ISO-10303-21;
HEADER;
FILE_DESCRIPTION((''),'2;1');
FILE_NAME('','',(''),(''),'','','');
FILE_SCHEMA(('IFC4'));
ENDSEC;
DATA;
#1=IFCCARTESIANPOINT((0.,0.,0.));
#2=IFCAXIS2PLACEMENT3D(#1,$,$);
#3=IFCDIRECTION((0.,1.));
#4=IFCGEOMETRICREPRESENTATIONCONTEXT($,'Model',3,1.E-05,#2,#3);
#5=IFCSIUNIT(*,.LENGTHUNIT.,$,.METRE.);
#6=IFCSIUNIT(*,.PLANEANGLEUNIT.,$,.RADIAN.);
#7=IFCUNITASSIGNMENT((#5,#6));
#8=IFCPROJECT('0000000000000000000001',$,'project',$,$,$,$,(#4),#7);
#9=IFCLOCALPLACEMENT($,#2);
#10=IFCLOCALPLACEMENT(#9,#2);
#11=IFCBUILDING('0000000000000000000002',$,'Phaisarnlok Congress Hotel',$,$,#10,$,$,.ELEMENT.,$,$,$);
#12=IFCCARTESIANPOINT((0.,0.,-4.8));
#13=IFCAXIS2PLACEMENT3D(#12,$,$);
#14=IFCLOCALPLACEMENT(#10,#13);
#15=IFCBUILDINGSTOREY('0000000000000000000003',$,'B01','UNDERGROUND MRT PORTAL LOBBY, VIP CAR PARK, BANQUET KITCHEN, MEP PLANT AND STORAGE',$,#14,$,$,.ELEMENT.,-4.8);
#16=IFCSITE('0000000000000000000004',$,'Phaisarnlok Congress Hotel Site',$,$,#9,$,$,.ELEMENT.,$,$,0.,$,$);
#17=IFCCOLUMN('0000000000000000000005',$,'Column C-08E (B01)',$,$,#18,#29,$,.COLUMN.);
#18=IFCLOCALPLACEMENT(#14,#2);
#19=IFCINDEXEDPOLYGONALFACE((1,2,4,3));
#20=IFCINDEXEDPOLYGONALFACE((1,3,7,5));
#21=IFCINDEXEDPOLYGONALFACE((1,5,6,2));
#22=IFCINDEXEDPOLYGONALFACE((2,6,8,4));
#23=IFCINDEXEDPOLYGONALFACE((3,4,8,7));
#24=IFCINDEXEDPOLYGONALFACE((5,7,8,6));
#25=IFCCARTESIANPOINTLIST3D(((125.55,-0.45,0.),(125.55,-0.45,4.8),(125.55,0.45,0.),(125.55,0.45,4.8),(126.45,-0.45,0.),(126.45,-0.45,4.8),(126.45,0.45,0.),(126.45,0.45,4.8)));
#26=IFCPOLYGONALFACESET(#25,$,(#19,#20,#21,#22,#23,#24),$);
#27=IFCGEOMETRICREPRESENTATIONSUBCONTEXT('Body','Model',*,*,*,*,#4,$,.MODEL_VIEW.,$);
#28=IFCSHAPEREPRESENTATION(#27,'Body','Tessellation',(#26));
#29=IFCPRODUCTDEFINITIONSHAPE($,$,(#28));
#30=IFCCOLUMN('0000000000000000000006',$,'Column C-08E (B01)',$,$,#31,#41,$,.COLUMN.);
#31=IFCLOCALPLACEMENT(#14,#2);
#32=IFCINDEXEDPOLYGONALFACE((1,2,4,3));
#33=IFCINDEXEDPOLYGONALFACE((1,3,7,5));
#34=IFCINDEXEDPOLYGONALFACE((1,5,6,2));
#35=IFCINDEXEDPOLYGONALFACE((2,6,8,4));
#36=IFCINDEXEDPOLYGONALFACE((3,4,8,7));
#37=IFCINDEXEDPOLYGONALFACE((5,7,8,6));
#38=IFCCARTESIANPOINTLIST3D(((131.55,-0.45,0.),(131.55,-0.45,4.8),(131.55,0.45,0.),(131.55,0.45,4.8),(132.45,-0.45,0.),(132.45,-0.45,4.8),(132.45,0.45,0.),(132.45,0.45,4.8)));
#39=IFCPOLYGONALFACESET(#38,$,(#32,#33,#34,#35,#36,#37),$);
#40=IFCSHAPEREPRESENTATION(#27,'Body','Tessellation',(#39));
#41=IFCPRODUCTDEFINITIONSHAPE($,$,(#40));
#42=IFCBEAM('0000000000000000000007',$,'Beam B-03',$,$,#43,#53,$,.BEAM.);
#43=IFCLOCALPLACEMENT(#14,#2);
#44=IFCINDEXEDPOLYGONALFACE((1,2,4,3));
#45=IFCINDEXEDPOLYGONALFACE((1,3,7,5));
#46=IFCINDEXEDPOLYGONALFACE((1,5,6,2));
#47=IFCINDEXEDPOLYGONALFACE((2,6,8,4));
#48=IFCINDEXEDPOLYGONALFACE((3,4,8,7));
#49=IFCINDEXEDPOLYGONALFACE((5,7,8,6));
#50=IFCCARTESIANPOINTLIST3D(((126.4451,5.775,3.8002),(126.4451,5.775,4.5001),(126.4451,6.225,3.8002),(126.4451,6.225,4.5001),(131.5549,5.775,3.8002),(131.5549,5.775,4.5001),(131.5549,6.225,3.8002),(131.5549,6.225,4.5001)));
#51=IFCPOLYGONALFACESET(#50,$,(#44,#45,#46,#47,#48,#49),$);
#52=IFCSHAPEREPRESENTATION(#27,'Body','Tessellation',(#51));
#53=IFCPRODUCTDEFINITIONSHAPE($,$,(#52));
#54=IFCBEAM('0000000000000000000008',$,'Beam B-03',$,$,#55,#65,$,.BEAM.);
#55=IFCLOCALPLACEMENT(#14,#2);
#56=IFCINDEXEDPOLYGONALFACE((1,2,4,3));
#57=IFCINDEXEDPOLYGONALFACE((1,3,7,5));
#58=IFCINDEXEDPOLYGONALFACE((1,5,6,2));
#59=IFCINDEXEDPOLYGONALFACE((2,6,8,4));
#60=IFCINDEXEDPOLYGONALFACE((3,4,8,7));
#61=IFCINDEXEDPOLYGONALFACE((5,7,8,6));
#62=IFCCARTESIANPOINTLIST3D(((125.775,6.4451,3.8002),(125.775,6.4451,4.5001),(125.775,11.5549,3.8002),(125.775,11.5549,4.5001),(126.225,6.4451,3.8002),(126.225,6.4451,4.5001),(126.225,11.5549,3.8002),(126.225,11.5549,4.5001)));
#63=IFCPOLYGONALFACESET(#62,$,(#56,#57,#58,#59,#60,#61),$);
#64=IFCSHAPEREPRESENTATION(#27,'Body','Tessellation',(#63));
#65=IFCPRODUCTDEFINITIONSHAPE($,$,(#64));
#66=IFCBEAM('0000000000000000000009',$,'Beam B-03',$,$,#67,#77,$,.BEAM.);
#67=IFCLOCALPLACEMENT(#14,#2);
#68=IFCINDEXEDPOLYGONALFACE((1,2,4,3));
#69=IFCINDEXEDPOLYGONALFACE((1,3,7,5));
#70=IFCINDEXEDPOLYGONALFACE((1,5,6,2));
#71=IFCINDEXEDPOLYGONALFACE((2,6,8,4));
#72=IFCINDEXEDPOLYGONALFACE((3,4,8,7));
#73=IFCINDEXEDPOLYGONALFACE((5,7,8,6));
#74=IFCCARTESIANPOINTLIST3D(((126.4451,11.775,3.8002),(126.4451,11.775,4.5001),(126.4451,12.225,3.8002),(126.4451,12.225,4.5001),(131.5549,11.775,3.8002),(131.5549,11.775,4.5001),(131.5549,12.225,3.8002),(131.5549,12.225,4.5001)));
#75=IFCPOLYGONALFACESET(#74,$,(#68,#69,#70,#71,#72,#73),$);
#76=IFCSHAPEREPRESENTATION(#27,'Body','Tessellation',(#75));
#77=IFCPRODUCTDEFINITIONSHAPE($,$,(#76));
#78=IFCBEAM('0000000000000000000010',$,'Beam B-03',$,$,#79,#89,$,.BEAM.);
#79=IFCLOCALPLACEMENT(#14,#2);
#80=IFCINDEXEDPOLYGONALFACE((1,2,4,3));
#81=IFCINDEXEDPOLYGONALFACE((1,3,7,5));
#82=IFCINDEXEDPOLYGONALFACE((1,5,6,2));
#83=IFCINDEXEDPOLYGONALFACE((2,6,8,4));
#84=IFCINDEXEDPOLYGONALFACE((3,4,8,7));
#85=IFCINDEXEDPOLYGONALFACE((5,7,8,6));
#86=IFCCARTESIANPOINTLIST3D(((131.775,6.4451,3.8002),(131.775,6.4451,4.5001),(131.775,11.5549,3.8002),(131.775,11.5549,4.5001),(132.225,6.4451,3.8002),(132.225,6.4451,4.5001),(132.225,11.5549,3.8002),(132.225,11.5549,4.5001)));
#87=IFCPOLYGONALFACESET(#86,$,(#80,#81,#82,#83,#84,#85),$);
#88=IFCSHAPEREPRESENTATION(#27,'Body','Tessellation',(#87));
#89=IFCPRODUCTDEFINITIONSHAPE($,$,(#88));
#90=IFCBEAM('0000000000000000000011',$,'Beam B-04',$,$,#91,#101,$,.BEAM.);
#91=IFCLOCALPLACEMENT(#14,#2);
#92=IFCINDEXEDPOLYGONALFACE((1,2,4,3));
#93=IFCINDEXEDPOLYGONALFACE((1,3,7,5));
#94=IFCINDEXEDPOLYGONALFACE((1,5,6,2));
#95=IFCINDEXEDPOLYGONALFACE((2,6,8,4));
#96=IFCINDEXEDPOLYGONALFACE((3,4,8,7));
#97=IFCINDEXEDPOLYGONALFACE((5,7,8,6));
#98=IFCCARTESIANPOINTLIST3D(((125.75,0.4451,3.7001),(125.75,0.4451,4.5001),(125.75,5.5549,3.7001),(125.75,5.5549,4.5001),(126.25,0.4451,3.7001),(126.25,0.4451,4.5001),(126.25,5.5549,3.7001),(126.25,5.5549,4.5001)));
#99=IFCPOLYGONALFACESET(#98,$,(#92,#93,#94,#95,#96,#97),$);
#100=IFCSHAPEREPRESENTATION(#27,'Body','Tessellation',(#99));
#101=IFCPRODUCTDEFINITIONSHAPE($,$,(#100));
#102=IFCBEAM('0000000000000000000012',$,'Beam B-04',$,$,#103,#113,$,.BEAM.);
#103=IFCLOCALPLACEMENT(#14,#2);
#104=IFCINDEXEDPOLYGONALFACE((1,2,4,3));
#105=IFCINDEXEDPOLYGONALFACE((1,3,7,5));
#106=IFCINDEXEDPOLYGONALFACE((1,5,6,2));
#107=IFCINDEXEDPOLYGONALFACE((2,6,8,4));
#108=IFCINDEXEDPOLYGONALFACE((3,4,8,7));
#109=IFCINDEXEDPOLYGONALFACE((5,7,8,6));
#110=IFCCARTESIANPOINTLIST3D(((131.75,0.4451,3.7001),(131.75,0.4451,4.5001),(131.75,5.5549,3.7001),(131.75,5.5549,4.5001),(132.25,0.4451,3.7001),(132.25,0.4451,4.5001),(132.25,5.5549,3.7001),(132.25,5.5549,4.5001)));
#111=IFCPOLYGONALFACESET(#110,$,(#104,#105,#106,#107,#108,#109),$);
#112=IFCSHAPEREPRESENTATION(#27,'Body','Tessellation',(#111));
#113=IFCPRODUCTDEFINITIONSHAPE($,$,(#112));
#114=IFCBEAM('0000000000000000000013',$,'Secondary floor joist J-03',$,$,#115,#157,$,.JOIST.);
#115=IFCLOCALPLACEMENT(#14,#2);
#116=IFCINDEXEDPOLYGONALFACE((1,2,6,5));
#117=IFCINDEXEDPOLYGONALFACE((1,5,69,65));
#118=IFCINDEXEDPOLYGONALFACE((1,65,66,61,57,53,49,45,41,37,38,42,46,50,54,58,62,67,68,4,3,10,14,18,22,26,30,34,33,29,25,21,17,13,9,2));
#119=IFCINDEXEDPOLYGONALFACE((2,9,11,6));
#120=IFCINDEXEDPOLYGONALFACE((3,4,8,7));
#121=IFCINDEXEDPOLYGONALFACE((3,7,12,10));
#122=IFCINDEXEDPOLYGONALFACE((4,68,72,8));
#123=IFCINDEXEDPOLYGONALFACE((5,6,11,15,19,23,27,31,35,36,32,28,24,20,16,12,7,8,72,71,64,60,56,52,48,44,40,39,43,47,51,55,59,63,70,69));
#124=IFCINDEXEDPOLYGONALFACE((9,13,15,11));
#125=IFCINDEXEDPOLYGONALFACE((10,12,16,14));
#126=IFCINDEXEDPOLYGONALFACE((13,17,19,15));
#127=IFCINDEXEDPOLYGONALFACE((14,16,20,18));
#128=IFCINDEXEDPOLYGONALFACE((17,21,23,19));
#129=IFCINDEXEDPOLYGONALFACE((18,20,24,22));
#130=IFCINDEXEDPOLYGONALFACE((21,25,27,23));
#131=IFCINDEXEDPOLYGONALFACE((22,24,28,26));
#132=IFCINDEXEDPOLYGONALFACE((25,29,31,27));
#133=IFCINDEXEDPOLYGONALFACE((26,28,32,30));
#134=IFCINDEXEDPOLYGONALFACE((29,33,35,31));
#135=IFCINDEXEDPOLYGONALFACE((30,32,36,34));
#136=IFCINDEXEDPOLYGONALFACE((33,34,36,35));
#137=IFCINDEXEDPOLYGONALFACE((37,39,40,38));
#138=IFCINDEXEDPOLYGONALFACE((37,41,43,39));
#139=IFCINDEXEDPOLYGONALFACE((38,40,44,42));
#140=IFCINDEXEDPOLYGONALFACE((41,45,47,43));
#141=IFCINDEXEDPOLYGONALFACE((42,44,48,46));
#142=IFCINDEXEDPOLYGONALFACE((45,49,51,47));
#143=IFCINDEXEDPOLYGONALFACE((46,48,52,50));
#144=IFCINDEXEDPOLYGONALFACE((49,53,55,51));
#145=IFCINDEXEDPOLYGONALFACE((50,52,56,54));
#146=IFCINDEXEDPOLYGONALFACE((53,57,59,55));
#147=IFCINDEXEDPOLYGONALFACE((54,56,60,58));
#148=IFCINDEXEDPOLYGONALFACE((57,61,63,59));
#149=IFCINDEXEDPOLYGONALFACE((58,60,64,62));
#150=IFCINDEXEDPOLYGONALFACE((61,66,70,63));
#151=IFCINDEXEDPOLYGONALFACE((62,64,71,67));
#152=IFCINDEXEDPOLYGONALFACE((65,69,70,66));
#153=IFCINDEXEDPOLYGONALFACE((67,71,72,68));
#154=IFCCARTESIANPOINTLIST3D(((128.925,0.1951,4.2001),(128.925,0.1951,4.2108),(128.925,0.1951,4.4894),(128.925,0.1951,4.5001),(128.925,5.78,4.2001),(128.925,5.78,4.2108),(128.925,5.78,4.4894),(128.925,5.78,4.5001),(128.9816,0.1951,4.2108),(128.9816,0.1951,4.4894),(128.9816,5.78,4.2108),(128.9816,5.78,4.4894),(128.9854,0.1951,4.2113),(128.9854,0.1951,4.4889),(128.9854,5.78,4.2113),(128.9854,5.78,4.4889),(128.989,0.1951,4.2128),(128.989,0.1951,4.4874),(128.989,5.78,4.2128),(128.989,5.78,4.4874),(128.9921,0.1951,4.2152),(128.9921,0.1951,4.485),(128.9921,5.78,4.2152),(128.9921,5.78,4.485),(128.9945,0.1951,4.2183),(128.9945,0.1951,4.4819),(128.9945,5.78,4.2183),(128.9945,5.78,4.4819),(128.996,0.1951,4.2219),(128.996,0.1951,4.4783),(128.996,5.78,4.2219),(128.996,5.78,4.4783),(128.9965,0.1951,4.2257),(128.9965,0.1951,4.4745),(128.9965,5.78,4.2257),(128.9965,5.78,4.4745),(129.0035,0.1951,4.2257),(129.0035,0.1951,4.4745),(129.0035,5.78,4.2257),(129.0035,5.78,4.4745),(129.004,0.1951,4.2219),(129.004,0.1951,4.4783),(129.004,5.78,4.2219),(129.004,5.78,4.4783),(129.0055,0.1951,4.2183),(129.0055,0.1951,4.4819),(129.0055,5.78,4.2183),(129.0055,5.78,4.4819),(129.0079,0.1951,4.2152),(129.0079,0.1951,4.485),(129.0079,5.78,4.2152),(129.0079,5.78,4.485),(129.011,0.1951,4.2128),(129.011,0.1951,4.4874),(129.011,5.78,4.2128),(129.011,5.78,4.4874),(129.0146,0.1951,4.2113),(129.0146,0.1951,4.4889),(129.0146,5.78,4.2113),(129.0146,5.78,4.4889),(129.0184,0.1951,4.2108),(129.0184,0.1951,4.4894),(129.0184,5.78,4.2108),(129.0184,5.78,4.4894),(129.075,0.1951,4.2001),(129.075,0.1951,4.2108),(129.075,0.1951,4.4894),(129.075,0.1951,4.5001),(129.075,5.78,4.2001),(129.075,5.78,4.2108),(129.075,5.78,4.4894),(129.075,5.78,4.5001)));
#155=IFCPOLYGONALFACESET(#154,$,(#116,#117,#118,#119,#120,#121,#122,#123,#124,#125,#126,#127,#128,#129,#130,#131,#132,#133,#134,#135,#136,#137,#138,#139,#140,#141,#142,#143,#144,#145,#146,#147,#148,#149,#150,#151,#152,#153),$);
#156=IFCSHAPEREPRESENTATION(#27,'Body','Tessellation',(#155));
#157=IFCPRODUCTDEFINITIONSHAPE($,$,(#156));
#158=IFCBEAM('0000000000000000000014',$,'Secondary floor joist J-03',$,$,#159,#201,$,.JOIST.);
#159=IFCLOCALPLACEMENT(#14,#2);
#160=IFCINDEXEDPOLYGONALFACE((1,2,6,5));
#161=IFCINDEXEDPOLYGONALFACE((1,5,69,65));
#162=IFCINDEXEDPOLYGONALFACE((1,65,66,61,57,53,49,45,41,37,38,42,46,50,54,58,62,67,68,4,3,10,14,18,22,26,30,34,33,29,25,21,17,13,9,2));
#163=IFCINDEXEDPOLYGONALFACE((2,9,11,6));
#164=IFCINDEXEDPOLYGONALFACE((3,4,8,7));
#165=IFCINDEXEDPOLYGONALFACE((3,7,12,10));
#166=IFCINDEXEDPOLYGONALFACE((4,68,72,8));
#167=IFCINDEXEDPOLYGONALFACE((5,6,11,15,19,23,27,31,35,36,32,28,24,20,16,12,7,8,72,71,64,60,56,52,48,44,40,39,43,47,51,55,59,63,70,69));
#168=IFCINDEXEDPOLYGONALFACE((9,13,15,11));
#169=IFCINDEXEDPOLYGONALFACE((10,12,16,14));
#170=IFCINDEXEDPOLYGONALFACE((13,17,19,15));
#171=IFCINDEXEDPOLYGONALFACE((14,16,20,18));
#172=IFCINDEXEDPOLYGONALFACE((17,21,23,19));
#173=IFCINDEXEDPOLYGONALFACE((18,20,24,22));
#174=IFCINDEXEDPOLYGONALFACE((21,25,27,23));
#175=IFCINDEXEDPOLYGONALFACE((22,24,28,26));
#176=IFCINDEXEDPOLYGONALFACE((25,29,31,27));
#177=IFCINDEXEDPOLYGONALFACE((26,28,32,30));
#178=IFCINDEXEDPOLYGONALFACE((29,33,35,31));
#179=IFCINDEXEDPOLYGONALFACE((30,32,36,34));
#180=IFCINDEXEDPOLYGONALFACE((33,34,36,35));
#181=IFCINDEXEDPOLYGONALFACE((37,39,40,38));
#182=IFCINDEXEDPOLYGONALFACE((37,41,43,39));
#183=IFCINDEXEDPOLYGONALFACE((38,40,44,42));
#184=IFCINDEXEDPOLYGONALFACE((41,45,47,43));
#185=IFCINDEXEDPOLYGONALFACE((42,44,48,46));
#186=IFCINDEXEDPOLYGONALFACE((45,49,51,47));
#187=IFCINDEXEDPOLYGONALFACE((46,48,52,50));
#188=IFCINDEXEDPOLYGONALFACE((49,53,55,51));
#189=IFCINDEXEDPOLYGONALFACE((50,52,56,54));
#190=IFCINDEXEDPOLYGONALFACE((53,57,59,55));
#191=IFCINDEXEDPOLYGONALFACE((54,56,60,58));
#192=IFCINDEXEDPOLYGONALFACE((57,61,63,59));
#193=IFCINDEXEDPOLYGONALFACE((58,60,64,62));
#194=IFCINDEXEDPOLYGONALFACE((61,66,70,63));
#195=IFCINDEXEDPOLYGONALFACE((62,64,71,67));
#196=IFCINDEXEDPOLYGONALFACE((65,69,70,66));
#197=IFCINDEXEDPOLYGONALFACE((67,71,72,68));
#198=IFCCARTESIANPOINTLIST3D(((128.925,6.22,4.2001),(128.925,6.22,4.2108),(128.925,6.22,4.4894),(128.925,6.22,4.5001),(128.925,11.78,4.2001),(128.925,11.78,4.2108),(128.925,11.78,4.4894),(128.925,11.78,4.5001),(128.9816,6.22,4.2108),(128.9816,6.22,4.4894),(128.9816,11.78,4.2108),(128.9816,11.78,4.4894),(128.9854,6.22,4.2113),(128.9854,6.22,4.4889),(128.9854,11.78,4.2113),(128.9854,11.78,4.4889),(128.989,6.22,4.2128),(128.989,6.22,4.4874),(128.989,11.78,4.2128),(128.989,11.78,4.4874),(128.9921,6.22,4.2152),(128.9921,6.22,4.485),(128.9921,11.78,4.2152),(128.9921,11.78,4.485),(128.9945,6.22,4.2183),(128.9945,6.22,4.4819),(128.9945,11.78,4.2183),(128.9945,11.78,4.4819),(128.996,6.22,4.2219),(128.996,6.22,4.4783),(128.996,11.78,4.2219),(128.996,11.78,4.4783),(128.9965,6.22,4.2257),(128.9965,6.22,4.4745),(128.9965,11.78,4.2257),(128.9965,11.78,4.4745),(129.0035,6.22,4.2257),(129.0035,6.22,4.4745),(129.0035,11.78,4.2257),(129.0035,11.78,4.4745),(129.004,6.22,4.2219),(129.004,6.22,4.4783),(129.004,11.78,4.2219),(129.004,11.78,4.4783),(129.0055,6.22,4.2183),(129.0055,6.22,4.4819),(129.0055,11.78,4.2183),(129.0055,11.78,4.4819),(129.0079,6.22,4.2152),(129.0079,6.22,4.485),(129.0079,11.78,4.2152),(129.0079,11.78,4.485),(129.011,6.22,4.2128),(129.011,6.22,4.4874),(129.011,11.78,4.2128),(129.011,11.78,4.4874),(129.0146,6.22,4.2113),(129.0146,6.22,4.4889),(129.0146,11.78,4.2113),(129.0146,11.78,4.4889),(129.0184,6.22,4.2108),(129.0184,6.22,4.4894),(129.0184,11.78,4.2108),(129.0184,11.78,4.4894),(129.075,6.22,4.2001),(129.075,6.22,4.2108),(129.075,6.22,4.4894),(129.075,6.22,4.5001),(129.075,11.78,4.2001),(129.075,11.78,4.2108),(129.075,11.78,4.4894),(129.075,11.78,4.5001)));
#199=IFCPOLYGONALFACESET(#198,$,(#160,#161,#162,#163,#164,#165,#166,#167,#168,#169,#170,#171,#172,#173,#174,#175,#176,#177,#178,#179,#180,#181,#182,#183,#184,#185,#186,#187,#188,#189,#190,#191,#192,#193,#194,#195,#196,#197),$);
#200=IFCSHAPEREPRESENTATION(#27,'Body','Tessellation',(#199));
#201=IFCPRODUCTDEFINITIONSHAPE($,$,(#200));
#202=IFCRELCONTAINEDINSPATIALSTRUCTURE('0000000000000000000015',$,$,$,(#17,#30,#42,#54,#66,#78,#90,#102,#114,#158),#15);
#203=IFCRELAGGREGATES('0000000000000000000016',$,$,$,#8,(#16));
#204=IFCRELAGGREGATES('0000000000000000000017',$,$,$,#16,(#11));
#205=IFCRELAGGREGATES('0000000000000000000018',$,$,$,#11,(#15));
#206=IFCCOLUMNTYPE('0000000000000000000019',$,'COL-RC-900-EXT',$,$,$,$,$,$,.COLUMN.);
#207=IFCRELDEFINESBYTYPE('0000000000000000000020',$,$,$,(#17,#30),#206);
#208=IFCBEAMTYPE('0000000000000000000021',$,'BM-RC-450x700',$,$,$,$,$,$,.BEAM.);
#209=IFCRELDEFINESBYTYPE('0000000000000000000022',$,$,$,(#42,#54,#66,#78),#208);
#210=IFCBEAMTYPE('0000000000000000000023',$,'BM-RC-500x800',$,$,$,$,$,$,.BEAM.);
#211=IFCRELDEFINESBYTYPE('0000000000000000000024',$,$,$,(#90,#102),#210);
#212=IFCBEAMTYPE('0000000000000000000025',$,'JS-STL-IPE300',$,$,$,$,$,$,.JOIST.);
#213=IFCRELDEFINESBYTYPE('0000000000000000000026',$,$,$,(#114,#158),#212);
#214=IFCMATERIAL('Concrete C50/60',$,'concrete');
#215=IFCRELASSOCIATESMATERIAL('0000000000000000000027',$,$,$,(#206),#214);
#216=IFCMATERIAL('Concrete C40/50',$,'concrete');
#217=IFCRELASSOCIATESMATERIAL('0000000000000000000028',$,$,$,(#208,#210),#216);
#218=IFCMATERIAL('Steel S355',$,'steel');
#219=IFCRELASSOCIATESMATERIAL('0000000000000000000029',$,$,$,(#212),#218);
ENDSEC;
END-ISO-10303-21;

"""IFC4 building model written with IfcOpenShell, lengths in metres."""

from ifc_helpers import new_model, si_unit, direction, frame, origin, origin_2d, place, context, subcontext, project, spatial, rectangle, i_section, extrude, material, material_profile, profile_set, type_object, element, save


model = new_model("IFC4")

# Units and contexts
model_context = context("Model", 3, precision=1e-05, world=origin(), true_north=direction((0.0, 1.0)))
body_context = subcontext(model_context, "Body", "Model", "MODEL_VIEW")
ifc_project = project(units=[si_unit("LENGTHUNIT", "METRE"), si_unit("PLANEANGLEUNIT", "RADIAN")], contexts=[model_context])

# Site, building, storey
site_placement = place(None, origin())
site = spatial("IfcSite", under=ifc_project, at=site_placement, Name="Phaisarnlok Congress Hotel Site", CompositionType="ELEMENT", RefElevation=0.0)
building_placement = place(site_placement, origin())
building = spatial("IfcBuilding", under=site, at=building_placement, Name="Phaisarnlok Congress Hotel", CompositionType="ELEMENT")
storey_placement = place(building_placement, frame((0.0, 0.0, -4.8)))
storey = spatial("IfcBuildingStorey", under=building, at=storey_placement, Name="B01", Description="UNDERGROUND MRT PORTAL LOBBY, VIP CAR PARK, BANQUET KITCHEN, MEP PLANT AND STORAGE", CompositionType="ELEMENT", Elevation=-4.8)

# Shared definitions
ifc_material_1 = material(Name="Concrete C40/50", Category="concrete")

# Columns
ifc_material_2 = material(Name="Concrete C50/60", Category="concrete")
ifc_material_profile_1 = material_profile(ifc_material_2, rectangle(XDim=0.8999, YDim=0.8999, at=origin_2d()), Name="RC 900x900")
ifc_profile_set_1 = profile_set([ifc_material_profile_1], Name="Concrete C50/60")
column_type_1 = type_object("IfcColumnType", Name="COL-RC-900-EXT", PredefinedType="COLUMN", material=ifc_profile_set_1)
for number, where, z_axis, x_axis, name in (
    (1, (126.0, 0.0, 0.0), (0.0, 0.0, 1.0), (1.0, 0.0, 0.0), "Column C-08E (B01)"),
    (2, (132.0, 0.0, 0.0), (0.0, 0.0, 1.0), (1.0, 0.0, 0.0), "Column C-08E (B01)"),
):
    element("IfcColumn", number, at=place(storey_placement, frame(where, z_axis=z_axis, x_axis=x_axis)), inside=storey, type_object=column_type_1, Name=name, PredefinedType="COLUMN", context=body_context, shape_type="SweptSolid", body=[
        extrude(rectangle(XDim=0.8999, YDim=0.8999, at=origin_2d()), origin(), (0.0, 0.0, 1.0), 4.8),
    ])

# Beams
ifc_material_profile_2 = material_profile(ifc_material_1, rectangle(XDim=0.45, YDim=0.7, at=origin_2d()), Name="RC 450x700")
ifc_profile_set_2 = profile_set([ifc_material_profile_2], Name="Concrete C40/50")
beam_type_1 = type_object("IfcBeamType", Name="BM-RC-450x700", PredefinedType="BEAM", material=ifc_profile_set_2)
for number, where, z_axis, x_axis, name in (
    (3, (126.4451, 6.0, 4.1501), (1.0, 0.0, 0.0), (0.0, 1.0, 0.0), "Beam B-03"),
    (4, (126.0, 6.4451, 4.1501), (0.0, 1.0, 0.0), (-1.0, 0.0, 0.0), "Beam B-03"),
    (5, (126.4451, 12.0, 4.1501), (1.0, 0.0, 0.0), (0.0, 1.0, 0.0), "Beam B-03"),
    (6, (132.0, 6.4451, 4.1501), (0.0, 1.0, 0.0), (-1.0, 0.0, 0.0), "Beam B-03"),
):
    element("IfcBeam", number, at=place(storey_placement, frame(where, z_axis=z_axis, x_axis=x_axis)), inside=storey, type_object=beam_type_1, Name=name, PredefinedType="BEAM", context=body_context, shape_type="SweptSolid", body=[
        extrude(rectangle(XDim=0.45, YDim=0.7, at=origin_2d()), origin(), (0.0, 0.0, 1.0), 5.1099),
    ])
ifc_material_profile_3 = material_profile(ifc_material_1, rectangle(XDim=0.5, YDim=0.8, at=origin_2d()), Name="RC 500x800")
ifc_profile_set_3 = profile_set([ifc_material_profile_3], Name="Concrete C40/50")
beam_type_2 = type_object("IfcBeamType", Name="BM-RC-500x800", PredefinedType="BEAM", material=ifc_profile_set_3)
for number, where, z_axis, x_axis, name in (
    (7, (126.0, 0.4451, 4.1001), (0.0, 1.0, 0.0), (-1.0, 0.0, 0.0), "Beam B-04"),
    (8, (132.0, 0.4451, 4.1001), (0.0, 1.0, 0.0), (-1.0, 0.0, 0.0), "Beam B-04"),
):
    element("IfcBeam", number, at=place(storey_placement, frame(where, z_axis=z_axis, x_axis=x_axis)), inside=storey, type_object=beam_type_2, Name=name, PredefinedType="BEAM", context=body_context, shape_type="SweptSolid", body=[
        extrude(rectangle(XDim=0.5, YDim=0.8, at=origin_2d()), origin(), (0.0, 0.0, 1.0), 5.1099),
    ])
ifc_material_3 = material(Name="Steel S355", Category="steel")
ifc_material_profile_4 = material_profile(ifc_material_3, i_section(OverallWidth=0.1499, OverallDepth=0.3, WebThickness=0.0071, FlangeThickness=0.0107, FilletRadius=0.0149, at=origin_2d()), Name="IPE 300")
ifc_profile_set_4 = profile_set([ifc_material_profile_4], Name="Steel S355")
beam_type_3 = type_object("IfcBeamType", Name="JS-STL-IPE300", PredefinedType="JOIST", material=ifc_profile_set_4)
beam_1_placement = place(storey_placement, frame((129.0, 0.1951, 4.3501), z_axis=(0.0, 1.0, 0.0), x_axis=(-1.0, 0.0, 0.0)))
element("IfcBeam", 9, at=beam_1_placement, inside=storey, type_object=beam_type_3, Name="Secondary floor joist J-03", PredefinedType="JOIST", context=body_context, shape_type="SweptSolid", body=[
    extrude(i_section(OverallWidth=0.1499, OverallDepth=0.3, WebThickness=0.0071, FlangeThickness=0.0107, FilletRadius=0.0149, at=origin_2d()), origin(), (0.0, 0.0, 1.0), 5.585),
])
beam_2_placement = place(storey_placement, frame((129.0, 6.22, 4.3501), z_axis=(0.0, 1.0, 0.0), x_axis=(-1.0, 0.0, 0.0)))
element("IfcBeam", 10, at=beam_2_placement, inside=storey, type_object=beam_type_3, Name="Secondary floor joist J-03", PredefinedType="JOIST", context=body_context, shape_type="SweptSolid", body=[
    extrude(i_section(OverallWidth=0.1499, OverallDepth=0.3, WebThickness=0.0071, FlangeThickness=0.0107, FilletRadius=0.0149, at=origin_2d()), origin(), (0.0, 0.0, 1.0), 5.5601),
])

save(model, "model.ifc")
